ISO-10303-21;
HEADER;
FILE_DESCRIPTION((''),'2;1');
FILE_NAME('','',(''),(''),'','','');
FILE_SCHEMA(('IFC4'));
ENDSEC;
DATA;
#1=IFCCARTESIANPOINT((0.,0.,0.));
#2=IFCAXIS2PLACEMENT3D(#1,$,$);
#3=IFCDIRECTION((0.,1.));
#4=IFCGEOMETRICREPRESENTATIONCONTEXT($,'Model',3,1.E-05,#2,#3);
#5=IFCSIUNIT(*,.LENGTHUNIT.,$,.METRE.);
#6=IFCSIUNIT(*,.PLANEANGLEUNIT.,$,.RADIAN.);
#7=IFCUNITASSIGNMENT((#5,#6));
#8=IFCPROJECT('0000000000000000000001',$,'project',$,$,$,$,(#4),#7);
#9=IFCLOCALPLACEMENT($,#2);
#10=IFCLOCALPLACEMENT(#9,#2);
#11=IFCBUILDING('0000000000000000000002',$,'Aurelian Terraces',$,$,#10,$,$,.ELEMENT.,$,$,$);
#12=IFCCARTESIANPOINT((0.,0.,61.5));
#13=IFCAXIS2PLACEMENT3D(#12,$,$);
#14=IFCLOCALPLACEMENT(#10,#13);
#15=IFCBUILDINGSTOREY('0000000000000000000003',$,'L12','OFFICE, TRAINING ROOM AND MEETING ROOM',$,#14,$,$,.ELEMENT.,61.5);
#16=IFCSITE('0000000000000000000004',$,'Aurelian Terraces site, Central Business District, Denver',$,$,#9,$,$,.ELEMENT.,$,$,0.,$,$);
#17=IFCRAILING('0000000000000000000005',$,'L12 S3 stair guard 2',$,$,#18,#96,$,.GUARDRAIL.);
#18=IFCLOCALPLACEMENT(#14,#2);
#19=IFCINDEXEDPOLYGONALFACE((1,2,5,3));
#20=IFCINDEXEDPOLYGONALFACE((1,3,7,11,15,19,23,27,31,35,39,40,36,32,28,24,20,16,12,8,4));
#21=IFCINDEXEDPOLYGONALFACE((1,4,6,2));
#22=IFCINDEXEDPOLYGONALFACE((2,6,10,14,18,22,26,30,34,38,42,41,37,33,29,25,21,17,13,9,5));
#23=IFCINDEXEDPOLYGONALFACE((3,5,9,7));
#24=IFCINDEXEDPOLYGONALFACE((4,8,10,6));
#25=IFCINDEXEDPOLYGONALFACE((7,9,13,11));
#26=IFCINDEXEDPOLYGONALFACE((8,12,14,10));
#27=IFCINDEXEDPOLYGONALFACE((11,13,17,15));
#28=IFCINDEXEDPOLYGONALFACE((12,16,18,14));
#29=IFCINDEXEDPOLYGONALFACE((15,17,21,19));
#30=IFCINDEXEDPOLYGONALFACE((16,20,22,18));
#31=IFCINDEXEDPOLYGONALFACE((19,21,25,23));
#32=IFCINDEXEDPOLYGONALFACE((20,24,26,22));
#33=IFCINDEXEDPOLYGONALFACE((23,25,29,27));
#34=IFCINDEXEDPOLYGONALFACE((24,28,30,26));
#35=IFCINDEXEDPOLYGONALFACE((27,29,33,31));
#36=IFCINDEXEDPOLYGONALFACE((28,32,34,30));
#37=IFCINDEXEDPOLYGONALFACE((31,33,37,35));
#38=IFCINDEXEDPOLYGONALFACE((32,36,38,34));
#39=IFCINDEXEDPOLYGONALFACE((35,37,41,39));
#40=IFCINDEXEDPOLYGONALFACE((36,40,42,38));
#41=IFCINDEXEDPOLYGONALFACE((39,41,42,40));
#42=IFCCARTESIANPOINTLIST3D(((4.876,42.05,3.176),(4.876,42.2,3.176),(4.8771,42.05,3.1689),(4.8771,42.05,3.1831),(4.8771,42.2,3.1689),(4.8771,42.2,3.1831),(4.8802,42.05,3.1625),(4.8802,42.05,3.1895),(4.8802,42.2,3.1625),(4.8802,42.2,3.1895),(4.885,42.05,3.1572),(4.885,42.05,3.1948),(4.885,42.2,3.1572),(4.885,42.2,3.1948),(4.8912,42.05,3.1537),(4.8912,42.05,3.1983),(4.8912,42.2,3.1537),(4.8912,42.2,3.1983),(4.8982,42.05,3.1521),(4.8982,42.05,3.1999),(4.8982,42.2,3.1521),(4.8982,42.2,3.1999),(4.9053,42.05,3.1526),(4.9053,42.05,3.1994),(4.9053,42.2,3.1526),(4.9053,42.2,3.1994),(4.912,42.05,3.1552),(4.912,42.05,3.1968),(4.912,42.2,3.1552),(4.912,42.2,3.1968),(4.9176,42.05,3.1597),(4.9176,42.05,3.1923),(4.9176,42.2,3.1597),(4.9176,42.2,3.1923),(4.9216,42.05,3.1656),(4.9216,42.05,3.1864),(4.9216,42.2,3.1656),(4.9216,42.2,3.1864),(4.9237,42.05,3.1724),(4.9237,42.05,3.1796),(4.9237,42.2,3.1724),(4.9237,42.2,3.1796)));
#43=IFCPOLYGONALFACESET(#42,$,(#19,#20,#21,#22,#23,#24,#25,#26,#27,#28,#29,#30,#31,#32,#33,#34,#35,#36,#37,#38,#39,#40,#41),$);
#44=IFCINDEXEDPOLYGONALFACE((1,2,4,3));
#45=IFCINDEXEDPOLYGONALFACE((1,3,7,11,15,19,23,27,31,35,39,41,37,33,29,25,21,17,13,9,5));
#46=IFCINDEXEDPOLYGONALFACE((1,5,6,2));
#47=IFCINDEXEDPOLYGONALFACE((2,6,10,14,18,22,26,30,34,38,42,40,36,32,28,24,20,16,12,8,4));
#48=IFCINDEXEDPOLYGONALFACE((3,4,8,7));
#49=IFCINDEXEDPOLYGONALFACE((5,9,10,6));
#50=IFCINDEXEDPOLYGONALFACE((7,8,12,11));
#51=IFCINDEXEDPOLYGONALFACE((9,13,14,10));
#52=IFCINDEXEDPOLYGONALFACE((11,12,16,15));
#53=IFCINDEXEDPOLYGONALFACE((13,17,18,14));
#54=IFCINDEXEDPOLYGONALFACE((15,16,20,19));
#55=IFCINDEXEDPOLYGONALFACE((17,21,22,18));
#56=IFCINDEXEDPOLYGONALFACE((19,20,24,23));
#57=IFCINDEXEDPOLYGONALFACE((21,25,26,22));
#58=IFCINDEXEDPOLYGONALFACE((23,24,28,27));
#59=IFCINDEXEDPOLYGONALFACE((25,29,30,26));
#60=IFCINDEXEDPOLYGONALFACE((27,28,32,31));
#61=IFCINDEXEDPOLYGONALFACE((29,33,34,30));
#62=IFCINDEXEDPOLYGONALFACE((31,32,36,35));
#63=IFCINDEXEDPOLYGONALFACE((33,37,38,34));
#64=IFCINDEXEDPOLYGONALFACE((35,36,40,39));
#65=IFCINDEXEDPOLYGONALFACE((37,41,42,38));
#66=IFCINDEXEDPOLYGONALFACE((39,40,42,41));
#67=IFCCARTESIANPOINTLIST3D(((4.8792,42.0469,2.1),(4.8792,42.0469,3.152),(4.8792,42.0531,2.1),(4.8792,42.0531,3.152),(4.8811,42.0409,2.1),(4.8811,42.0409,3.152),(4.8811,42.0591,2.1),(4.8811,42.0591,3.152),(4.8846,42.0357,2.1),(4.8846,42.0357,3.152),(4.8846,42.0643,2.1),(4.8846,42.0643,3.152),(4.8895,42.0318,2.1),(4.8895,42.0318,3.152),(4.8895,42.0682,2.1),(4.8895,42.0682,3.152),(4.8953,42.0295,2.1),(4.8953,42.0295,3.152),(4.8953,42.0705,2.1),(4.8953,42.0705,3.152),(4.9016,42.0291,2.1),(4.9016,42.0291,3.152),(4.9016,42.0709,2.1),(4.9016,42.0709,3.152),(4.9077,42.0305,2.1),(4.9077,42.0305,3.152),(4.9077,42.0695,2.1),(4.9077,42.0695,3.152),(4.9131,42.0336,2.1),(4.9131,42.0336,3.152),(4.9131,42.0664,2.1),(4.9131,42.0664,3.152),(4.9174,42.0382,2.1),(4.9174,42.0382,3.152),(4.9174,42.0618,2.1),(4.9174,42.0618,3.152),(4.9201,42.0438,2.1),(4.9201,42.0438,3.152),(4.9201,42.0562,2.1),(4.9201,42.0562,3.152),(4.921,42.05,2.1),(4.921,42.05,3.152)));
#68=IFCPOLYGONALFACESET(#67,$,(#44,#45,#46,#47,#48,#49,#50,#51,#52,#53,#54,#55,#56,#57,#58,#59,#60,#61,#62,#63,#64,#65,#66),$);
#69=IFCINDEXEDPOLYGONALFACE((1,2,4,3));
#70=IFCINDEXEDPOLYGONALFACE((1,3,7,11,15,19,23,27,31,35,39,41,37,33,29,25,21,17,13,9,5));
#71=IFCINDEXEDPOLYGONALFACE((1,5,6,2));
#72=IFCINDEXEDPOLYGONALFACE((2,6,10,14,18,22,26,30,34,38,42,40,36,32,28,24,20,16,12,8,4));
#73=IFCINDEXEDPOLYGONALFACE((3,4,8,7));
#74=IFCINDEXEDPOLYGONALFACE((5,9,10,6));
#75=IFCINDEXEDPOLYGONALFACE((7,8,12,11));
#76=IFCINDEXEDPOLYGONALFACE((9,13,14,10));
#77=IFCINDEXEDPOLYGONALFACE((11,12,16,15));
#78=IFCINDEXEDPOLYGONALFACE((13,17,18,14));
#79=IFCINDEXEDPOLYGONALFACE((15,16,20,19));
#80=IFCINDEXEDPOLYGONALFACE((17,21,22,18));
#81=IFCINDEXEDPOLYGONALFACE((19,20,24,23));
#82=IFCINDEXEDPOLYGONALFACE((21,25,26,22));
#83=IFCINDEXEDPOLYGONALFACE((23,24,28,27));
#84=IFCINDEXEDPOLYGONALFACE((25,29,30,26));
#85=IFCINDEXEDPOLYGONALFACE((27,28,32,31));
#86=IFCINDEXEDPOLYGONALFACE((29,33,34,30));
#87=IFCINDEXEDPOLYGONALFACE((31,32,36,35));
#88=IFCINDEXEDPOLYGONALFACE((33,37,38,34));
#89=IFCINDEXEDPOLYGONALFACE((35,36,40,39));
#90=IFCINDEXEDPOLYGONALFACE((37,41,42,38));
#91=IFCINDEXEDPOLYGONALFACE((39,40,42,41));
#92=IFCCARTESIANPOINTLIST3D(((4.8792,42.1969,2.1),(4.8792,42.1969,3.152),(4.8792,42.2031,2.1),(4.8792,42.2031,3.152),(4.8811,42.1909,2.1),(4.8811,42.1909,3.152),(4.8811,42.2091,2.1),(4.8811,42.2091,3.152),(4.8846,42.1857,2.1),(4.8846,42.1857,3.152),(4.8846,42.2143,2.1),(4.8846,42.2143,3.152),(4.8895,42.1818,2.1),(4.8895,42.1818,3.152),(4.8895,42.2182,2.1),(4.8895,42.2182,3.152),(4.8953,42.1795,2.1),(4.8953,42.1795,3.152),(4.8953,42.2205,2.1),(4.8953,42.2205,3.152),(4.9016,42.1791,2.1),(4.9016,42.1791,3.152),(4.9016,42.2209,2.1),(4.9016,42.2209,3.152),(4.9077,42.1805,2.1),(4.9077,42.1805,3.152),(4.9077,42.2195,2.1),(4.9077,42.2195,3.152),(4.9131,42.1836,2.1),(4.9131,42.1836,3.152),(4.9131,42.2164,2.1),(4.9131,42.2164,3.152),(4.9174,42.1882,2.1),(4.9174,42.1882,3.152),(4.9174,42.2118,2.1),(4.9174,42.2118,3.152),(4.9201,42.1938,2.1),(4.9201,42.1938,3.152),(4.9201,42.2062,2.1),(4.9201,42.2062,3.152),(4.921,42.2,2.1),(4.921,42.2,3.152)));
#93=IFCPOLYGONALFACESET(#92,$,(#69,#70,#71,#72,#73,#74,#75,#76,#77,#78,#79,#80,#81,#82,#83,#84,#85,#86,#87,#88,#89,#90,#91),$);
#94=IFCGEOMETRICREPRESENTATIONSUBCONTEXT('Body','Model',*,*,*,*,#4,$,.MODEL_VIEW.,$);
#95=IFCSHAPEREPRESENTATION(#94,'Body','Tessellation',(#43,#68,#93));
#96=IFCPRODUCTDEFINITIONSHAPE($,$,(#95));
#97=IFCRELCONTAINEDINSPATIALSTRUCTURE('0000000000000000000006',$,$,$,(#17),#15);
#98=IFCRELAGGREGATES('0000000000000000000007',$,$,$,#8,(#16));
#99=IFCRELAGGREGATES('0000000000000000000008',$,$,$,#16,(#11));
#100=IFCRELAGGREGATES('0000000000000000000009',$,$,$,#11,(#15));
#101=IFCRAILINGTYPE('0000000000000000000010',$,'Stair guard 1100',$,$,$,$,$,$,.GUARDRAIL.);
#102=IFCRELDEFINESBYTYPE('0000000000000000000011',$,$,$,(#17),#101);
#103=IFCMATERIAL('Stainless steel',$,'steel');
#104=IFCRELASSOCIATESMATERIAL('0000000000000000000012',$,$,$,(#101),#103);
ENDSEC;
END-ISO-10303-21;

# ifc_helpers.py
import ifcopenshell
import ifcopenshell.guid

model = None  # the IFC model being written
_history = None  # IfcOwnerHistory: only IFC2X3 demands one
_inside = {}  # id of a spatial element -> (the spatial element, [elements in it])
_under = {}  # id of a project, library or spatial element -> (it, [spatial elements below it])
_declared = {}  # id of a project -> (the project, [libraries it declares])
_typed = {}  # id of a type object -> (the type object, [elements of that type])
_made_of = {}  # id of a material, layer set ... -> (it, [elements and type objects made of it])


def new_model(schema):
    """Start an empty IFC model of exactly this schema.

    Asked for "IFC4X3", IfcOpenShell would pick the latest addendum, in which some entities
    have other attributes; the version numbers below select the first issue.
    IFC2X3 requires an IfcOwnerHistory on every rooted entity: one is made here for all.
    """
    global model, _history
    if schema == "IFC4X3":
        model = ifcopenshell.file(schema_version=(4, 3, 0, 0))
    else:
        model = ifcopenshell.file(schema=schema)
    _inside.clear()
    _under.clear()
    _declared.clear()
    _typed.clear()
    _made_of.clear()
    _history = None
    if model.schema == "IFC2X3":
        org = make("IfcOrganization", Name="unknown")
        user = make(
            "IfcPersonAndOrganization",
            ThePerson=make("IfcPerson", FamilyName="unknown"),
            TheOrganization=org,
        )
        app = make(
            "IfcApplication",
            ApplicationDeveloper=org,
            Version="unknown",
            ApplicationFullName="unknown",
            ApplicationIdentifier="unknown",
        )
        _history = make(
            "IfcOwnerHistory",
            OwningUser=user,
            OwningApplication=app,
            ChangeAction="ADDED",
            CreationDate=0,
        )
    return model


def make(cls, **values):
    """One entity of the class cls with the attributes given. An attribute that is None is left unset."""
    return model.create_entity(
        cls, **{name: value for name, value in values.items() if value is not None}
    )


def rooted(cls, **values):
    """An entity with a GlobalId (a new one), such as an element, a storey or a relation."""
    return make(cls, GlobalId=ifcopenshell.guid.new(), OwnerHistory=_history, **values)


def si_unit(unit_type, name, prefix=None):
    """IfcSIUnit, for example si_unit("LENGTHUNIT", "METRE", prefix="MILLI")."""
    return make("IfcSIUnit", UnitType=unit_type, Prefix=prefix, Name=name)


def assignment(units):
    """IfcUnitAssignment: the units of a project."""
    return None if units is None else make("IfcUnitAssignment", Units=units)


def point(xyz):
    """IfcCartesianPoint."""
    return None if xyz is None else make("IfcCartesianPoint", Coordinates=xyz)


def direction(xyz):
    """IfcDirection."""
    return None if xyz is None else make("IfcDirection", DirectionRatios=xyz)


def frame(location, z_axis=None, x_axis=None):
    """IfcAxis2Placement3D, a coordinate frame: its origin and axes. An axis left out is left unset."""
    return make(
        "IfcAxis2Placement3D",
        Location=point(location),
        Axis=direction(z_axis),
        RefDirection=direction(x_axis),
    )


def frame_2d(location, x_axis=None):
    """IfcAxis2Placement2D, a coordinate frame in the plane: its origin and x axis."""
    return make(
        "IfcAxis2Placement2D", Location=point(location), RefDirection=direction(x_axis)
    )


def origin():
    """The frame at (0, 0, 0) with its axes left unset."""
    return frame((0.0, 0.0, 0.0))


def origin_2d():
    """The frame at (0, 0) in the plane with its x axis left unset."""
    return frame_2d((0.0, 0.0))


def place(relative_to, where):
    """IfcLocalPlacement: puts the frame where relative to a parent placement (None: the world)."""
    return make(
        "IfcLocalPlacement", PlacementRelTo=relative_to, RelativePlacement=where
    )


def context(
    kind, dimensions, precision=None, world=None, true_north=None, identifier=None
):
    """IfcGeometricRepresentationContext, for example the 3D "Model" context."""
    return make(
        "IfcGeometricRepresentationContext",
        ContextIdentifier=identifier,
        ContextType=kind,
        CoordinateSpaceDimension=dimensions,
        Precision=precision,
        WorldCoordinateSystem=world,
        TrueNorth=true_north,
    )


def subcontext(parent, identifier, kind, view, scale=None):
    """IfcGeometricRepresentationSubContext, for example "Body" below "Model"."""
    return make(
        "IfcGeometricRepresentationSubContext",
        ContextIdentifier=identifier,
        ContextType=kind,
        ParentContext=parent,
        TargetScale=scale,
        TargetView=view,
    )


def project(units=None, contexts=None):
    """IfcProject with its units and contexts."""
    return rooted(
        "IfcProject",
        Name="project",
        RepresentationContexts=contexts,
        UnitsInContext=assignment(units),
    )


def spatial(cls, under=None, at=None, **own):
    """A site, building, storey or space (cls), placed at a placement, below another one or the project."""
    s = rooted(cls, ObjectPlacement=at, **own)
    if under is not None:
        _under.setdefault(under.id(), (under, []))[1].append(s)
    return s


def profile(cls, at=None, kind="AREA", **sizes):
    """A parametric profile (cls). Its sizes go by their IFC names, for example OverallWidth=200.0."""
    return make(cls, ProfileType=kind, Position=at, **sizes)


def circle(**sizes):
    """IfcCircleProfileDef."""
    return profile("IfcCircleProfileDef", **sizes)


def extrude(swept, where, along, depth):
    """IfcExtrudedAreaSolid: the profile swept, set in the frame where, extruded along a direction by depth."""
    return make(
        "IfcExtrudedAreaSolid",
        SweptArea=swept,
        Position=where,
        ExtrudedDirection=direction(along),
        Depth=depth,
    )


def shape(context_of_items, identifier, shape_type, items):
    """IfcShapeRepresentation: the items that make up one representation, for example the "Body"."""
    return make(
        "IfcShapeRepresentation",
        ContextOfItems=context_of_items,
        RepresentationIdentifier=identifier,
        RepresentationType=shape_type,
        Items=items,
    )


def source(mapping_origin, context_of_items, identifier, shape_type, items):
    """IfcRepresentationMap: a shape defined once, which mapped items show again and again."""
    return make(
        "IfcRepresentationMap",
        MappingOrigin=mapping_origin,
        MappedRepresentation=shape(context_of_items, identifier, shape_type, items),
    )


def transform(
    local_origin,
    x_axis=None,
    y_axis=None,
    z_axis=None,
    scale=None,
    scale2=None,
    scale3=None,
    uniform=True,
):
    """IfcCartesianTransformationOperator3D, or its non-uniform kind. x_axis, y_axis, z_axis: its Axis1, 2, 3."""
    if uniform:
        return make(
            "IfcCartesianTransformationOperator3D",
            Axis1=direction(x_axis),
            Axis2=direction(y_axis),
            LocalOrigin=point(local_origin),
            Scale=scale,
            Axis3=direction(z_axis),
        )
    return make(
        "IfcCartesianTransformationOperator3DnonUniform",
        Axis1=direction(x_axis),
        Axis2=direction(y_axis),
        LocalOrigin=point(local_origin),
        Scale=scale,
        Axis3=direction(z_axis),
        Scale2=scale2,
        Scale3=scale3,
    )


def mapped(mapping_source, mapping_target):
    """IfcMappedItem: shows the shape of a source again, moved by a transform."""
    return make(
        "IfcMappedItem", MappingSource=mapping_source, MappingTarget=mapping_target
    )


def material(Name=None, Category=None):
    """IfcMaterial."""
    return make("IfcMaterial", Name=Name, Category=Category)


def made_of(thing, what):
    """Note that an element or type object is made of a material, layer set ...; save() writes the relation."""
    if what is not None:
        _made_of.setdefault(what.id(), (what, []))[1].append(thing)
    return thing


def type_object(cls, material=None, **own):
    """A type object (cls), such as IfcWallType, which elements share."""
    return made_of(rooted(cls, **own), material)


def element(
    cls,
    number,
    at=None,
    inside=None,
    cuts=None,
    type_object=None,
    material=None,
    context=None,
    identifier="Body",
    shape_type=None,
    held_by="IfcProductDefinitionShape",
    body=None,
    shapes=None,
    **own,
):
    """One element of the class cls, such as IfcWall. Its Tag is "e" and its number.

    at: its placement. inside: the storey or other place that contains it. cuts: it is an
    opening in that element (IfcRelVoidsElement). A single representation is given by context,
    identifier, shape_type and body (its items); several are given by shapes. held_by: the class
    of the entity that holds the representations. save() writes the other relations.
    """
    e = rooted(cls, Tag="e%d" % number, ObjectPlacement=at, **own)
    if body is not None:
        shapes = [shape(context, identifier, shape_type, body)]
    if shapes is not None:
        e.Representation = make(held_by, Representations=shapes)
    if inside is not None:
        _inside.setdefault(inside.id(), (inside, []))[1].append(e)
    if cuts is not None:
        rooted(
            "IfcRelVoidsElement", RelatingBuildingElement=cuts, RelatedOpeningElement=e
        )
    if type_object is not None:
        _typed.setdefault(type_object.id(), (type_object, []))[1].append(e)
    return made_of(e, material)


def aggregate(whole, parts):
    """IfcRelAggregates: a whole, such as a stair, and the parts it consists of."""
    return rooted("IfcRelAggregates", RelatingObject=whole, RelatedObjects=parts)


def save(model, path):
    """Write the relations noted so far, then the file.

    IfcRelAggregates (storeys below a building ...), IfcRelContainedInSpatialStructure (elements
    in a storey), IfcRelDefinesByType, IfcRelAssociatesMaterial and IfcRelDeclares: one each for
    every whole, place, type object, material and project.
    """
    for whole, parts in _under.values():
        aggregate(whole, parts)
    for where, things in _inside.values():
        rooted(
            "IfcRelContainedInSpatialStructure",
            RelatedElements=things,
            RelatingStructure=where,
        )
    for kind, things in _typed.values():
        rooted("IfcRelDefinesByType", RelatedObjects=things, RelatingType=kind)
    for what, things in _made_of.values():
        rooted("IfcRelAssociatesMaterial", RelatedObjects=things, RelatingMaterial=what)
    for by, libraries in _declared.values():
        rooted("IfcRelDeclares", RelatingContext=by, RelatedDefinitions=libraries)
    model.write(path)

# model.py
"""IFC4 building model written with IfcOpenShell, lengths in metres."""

from ifc_helpers import new_model, si_unit, direction, frame, origin, origin_2d, place, context, subcontext, project, spatial, circle, extrude, source, transform, mapped, material, type_object, element, save


model = new_model("IFC4")

# Units and contexts
model_context = context("Model", 3, precision=1e-05, world=origin(), true_north=direction((0.0, 1.0)))
body_context = subcontext(model_context, "Body", "Model", "MODEL_VIEW")
ifc_project = project(units=[si_unit("LENGTHUNIT", "METRE"), si_unit("PLANEANGLEUNIT", "RADIAN")], contexts=[model_context])

# Site, building, storey
site_placement = place(None, origin())
site = spatial("IfcSite", under=ifc_project, at=site_placement, Name="Aurelian Terraces site, Central Business District, Denver", CompositionType="ELEMENT", RefElevation=0.0)
building_placement = place(site_placement, origin())
building = spatial("IfcBuilding", under=site, at=building_placement, Name="Aurelian Terraces", CompositionType="ELEMENT")
storey_placement = place(building_placement, frame((0.0, 0.0, 61.5)))
storey = spatial("IfcBuildingStorey", under=building, at=storey_placement, Name="L12", Description="OFFICE, TRAINING ROOM AND MEETING ROOM", CompositionType="ELEMENT", Elevation=61.5)

# Railing
ifc_material_1 = material(Name="Stainless steel", Category="steel")
railing_type = type_object("IfcRailingType", Name="Stair guard 1100", PredefinedType="GUARDRAIL", material=ifc_material_1)
shared_shape_1 = source(origin(), body_context, "Body", "SweptSolid", [
    extrude(circle(Radius=0.024, at=origin_2d()), frame((0.0, 0.0, 1.076), z_axis=(0.0, 1.0, 0.0), x_axis=(-1.0, 0.0, 0.0)), (0.0, 0.0, 1.0), 0.15),
    extrude(circle(Radius=0.021, at=origin_2d()), origin(), (0.0, 0.0, 1.0), 1.052),
    extrude(circle(Radius=0.021, at=origin_2d()), frame((0.0, 0.15, 0.0)), (0.0, 0.0, 1.0), 1.052),
])
railing_placement = place(storey_placement, frame((4.9, 42.05, 2.1)))
element("IfcRailing", 1, at=railing_placement, inside=storey, type_object=railing_type, Name="L12 S3 stair guard 2", PredefinedType="GUARDRAIL", context=body_context, shape_type="MappedRepresentation", body=[
    mapped(shared_shape_1, transform((0.0, 0.0, 0.0), scale=1.0)),
])

save(model, "model.ifc")
